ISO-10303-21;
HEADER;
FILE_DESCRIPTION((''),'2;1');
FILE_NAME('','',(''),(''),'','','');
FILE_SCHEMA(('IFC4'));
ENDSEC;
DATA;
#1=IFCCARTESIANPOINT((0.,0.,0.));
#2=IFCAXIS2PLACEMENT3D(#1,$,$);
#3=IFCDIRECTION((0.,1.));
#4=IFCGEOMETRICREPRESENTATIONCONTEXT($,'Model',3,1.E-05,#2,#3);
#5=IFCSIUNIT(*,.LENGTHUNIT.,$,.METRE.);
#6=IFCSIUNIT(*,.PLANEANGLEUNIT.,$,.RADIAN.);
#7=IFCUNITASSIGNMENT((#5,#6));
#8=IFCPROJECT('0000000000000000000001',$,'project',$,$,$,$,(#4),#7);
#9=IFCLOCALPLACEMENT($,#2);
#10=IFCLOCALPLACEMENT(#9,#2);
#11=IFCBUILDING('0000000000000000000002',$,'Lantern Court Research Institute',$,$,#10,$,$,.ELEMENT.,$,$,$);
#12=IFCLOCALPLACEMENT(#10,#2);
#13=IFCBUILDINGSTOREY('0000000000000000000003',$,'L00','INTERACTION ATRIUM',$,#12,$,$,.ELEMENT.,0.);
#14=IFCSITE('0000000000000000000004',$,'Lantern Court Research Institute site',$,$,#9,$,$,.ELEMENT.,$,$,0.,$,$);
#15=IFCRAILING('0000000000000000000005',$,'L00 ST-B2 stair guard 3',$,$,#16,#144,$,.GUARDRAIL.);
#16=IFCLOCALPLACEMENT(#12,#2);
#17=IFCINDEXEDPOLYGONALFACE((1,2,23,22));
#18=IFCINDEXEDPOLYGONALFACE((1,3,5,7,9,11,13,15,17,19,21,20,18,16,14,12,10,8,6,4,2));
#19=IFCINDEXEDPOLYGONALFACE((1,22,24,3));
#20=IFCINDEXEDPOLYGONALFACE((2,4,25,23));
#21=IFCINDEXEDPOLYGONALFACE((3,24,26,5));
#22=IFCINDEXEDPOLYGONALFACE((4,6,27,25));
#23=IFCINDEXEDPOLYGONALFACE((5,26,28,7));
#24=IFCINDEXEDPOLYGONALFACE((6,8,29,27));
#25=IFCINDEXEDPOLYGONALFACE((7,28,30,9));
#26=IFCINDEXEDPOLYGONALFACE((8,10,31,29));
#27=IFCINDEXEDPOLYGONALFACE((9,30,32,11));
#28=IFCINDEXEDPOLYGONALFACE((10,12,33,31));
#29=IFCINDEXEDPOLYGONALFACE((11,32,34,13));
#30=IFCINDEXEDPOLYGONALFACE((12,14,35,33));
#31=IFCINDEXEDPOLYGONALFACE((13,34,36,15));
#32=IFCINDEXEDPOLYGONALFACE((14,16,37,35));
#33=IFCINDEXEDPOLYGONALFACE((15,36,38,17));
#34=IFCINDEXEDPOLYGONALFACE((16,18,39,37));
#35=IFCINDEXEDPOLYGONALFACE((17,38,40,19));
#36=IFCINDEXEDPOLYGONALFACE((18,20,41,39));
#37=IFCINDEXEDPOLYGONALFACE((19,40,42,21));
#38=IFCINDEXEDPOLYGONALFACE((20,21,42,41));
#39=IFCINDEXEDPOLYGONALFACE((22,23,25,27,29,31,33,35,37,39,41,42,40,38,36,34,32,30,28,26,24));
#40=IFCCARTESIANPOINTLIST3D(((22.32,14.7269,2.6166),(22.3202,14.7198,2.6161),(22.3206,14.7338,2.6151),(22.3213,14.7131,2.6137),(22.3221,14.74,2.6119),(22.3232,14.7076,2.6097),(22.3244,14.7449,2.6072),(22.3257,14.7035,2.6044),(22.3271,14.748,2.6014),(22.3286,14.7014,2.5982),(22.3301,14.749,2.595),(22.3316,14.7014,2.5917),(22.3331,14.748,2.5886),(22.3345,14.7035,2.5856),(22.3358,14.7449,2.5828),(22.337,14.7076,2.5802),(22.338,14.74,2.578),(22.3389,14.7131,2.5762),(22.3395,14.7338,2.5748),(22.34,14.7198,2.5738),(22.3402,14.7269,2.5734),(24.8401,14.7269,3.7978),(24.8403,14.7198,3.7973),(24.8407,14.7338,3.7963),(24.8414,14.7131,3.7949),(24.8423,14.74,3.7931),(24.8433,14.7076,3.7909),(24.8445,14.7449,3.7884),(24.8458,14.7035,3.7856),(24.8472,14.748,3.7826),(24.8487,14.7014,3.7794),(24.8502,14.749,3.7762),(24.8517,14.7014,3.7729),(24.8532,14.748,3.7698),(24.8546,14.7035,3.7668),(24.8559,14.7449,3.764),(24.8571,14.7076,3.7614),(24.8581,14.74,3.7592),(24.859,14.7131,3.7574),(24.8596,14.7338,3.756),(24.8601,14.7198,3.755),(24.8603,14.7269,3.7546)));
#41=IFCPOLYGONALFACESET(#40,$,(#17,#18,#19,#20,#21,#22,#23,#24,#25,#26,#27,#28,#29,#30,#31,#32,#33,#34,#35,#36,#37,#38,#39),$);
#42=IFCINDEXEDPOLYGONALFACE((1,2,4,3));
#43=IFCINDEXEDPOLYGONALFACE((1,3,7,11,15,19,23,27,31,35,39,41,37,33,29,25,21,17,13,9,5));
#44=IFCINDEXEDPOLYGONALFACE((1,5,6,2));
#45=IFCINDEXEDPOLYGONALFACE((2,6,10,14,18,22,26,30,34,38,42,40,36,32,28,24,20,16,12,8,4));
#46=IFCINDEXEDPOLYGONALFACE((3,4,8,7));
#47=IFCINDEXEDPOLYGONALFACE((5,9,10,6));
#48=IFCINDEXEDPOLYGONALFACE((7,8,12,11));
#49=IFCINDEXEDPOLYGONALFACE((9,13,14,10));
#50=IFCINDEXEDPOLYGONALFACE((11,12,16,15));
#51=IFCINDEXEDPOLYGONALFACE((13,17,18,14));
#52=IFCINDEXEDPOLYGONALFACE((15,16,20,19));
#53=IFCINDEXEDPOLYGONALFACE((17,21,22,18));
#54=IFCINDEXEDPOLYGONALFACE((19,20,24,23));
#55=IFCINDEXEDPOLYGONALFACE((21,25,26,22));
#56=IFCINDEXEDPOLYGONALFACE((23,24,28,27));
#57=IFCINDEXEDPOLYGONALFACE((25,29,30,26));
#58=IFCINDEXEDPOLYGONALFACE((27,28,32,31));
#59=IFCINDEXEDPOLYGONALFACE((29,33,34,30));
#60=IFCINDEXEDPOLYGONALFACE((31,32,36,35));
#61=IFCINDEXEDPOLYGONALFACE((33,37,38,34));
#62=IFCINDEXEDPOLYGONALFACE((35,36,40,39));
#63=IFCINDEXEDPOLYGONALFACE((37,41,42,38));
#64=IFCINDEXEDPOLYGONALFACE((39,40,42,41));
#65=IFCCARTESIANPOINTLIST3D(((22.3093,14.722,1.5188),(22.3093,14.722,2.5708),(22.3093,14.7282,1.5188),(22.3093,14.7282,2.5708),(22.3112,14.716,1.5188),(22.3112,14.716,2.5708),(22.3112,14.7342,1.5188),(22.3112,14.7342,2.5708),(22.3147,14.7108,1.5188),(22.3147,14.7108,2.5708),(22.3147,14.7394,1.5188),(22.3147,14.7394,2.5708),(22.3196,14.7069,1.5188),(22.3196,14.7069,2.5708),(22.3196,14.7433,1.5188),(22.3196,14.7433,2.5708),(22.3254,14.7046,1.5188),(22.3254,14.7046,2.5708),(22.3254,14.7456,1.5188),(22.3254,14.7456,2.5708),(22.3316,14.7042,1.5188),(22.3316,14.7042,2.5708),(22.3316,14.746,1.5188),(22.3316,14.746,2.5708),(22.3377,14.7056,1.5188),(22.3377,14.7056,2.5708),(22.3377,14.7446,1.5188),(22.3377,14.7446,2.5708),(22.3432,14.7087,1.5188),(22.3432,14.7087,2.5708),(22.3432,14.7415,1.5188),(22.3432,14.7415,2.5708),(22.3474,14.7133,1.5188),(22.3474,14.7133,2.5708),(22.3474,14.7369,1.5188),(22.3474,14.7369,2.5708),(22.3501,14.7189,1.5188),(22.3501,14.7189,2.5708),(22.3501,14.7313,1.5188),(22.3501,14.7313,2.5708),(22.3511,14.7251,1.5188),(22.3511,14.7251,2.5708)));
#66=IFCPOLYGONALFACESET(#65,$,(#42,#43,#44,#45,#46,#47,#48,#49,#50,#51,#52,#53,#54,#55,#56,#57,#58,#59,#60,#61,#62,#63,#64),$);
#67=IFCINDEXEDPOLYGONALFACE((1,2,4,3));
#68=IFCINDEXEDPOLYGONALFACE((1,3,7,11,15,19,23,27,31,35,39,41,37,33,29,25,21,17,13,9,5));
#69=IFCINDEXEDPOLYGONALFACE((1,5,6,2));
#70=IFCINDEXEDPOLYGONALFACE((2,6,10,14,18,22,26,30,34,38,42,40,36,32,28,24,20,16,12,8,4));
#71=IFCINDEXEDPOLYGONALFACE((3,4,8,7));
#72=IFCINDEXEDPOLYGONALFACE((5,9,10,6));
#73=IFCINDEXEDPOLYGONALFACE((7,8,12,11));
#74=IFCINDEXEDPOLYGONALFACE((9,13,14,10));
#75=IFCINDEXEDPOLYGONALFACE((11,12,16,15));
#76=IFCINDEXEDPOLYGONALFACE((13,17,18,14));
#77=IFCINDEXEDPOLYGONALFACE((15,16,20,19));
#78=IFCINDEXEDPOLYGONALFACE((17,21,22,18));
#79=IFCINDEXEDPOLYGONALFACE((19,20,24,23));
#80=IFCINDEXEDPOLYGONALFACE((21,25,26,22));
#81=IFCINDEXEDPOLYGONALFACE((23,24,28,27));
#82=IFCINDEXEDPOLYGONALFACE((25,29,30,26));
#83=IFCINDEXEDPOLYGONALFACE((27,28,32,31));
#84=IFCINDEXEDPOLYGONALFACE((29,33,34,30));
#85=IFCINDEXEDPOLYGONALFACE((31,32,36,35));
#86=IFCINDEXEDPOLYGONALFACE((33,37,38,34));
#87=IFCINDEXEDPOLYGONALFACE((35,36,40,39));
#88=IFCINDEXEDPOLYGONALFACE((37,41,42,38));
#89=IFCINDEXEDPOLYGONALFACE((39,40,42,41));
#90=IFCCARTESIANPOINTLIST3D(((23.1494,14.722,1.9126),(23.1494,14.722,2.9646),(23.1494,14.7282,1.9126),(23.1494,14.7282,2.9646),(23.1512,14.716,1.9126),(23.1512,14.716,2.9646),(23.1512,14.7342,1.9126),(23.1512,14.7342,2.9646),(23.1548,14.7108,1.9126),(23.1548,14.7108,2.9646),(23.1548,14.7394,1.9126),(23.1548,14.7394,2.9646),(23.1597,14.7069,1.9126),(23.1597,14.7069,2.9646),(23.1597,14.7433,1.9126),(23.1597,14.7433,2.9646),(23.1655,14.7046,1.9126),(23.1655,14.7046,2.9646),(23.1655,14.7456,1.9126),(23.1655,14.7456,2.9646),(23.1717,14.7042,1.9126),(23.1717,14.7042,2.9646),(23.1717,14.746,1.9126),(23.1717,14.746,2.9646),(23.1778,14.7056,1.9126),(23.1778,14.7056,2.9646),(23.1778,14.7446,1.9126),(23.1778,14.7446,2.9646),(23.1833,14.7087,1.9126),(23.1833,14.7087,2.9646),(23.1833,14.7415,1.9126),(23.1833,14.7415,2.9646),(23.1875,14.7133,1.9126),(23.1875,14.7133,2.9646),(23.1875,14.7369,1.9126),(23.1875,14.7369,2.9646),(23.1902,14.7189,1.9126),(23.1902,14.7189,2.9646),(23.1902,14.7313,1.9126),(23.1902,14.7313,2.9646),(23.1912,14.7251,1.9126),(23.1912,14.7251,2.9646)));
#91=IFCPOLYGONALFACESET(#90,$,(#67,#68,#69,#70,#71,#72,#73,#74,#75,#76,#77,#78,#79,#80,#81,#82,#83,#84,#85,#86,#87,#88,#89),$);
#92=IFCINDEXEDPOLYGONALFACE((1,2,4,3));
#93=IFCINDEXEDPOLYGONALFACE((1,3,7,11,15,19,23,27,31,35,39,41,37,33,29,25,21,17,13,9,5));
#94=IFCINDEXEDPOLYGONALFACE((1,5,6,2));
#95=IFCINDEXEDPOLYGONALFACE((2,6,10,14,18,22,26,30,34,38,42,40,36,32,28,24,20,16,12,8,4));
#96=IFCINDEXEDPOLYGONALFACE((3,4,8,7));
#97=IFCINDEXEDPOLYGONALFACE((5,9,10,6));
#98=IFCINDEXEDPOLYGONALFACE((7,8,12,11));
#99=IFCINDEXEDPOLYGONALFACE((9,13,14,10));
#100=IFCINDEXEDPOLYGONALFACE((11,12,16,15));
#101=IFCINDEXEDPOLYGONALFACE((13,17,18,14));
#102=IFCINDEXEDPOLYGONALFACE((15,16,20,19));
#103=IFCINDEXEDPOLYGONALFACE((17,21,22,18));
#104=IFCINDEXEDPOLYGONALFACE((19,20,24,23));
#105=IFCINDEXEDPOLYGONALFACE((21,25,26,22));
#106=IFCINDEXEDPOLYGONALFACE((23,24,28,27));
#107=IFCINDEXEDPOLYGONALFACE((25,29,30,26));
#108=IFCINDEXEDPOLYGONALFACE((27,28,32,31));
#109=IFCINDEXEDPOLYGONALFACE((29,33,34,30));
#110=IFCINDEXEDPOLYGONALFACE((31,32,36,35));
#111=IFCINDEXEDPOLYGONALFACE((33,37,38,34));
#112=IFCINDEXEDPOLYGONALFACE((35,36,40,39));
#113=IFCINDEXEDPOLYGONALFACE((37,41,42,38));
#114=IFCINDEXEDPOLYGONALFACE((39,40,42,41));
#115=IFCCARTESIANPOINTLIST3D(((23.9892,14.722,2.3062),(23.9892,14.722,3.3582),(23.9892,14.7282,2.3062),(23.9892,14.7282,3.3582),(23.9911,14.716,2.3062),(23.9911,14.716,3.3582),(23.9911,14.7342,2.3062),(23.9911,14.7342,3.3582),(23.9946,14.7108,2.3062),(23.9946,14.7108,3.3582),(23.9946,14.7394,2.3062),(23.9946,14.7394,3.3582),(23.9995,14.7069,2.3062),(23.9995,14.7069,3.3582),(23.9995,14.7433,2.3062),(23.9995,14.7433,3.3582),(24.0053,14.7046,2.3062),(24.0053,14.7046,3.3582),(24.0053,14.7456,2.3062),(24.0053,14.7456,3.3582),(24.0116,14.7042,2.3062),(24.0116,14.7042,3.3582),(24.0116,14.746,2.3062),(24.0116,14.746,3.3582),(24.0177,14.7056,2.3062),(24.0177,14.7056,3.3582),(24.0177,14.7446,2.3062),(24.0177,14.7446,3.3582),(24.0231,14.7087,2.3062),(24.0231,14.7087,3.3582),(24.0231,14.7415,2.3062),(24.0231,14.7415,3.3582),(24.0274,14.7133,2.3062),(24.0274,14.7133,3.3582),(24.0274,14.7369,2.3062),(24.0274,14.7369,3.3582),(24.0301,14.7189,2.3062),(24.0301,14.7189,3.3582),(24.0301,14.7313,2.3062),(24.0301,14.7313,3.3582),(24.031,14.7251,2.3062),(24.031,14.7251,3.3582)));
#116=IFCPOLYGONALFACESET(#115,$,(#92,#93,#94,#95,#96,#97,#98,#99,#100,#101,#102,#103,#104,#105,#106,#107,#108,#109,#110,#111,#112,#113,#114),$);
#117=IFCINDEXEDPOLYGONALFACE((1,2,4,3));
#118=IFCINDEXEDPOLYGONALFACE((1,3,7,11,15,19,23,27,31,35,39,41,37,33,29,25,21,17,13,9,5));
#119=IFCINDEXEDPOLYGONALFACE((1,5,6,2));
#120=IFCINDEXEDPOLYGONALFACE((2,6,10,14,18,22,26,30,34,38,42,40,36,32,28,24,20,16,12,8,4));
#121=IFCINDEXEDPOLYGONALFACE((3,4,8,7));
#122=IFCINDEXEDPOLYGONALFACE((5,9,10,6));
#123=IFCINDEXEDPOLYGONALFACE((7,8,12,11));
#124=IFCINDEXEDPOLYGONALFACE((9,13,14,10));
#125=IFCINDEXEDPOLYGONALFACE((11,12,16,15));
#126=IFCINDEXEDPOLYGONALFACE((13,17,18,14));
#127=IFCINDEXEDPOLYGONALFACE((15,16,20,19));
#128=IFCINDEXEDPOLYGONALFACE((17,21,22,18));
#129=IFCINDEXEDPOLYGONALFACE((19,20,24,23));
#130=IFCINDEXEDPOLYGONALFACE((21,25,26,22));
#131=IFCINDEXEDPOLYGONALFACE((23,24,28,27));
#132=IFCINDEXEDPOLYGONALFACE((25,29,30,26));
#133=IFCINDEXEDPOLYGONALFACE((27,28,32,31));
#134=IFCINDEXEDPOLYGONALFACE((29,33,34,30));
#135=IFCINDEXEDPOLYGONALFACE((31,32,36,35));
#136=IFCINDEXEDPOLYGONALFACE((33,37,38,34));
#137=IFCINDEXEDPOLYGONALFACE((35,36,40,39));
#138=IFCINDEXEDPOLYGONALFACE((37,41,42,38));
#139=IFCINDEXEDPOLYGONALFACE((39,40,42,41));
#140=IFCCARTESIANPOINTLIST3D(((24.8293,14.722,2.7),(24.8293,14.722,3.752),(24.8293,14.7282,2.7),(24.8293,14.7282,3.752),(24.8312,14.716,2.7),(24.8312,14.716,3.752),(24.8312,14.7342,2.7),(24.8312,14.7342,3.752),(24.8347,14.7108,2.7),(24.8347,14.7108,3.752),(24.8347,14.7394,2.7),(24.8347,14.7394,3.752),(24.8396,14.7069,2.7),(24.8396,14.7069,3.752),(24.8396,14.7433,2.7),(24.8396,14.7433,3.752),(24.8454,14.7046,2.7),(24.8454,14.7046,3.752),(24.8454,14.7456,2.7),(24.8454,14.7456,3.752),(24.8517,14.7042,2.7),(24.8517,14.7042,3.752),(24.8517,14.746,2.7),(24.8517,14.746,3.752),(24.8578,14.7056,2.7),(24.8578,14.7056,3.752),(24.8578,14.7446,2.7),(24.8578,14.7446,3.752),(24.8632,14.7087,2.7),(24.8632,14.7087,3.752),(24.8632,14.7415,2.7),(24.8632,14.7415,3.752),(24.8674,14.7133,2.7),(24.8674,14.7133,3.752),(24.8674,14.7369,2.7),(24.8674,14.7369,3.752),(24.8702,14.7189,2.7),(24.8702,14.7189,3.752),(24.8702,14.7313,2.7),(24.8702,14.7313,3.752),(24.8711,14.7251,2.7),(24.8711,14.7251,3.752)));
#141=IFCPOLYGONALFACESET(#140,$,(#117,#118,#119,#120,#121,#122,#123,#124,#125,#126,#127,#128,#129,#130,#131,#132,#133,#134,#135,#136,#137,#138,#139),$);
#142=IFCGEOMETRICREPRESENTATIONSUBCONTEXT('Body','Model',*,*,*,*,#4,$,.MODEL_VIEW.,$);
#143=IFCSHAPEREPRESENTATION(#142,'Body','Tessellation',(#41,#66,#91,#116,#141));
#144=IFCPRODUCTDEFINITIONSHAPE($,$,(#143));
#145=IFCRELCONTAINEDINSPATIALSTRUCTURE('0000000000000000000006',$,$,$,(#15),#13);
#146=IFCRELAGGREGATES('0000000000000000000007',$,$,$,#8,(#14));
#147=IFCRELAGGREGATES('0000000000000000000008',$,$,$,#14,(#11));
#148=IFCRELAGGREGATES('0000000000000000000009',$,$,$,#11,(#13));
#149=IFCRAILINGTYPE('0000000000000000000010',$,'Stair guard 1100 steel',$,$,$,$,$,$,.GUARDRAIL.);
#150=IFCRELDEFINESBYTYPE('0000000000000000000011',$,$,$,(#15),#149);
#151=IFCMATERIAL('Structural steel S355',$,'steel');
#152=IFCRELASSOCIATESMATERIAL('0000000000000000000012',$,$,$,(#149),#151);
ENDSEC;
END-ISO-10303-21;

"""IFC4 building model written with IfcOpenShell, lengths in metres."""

from ifc_helpers import new_model, si_unit, direction, frame, origin, origin_2d, place, context, subcontext, project, spatial, circle, extrude, material, type_object, element, save


model = new_model("IFC4")

# Units and contexts
model_context = context("Model", 3, precision=1e-05, world=origin(), true_north=direction((0.0, 1.0)))
body_context = subcontext(model_context, "Body", "Model", "MODEL_VIEW")
ifc_project = project(units=[si_unit("LENGTHUNIT", "METRE"), si_unit("PLANEANGLEUNIT", "RADIAN")], contexts=[model_context])

# Site, building, storey
site_placement = place(None, origin())
site = spatial("IfcSite", under=ifc_project, at=site_placement, Name="Lantern Court Research Institute site", CompositionType="ELEMENT", RefElevation=0.0)
building_placement = place(site_placement, origin())
building = spatial("IfcBuilding", under=site, at=building_placement, Name="Lantern Court Research Institute", CompositionType="ELEMENT")
storey_placement = place(building_placement, origin())
storey = spatial("IfcBuildingStorey", under=building, at=storey_placement, Name="L00", Description="INTERACTION ATRIUM", CompositionType="ELEMENT", Elevation=0.0)

# Railing
ifc_material_1 = material(Name="Structural steel S355", Category="steel")
railing_type_1 = type_object("IfcRailingType", Name="Stair guard 1100 steel", PredefinedType="GUARDRAIL", material=ifc_material_1)
railing_1_placement = place(storey_placement, frame((22.3301, 14.7251, 1.5188)))
element("IfcRailing", 1, at=railing_1_placement, inside=storey, type_object=railing_type_1, Name="L00 ST-B2 stair guard 3", PredefinedType="GUARDRAIL", context=body_context, shape_type="SweptSolid", body=[
    extrude(circle(Radius=0.0239, at=origin_2d()), frame((0.0, 0.0, 1.0762), z_axis=(0.905474, 0.0, 0.424402), x_axis=(0.0, 1.0, 0.0)), (0.0, 0.0, 1.0), 2.7832),
    extrude(circle(Radius=0.021, at=origin_2d()), origin(), (0.0, 0.0, 1.0), 1.052),
    extrude(circle(Radius=0.021, at=origin_2d()), frame((0.8401, 0.0, 0.3938)), (0.0, 0.0, 1.0), 1.052),
    extrude(circle(Radius=0.021, at=origin_2d()), frame((1.6799, 0.0, 0.7874)), (0.0, 0.0, 1.0), 1.052),
    extrude(circle(Radius=0.021, at=origin_2d()), frame((2.52, 0.0, 1.1812)), (0.0, 0.0, 1.0), 1.052),
])

save(model, "model.ifc")
